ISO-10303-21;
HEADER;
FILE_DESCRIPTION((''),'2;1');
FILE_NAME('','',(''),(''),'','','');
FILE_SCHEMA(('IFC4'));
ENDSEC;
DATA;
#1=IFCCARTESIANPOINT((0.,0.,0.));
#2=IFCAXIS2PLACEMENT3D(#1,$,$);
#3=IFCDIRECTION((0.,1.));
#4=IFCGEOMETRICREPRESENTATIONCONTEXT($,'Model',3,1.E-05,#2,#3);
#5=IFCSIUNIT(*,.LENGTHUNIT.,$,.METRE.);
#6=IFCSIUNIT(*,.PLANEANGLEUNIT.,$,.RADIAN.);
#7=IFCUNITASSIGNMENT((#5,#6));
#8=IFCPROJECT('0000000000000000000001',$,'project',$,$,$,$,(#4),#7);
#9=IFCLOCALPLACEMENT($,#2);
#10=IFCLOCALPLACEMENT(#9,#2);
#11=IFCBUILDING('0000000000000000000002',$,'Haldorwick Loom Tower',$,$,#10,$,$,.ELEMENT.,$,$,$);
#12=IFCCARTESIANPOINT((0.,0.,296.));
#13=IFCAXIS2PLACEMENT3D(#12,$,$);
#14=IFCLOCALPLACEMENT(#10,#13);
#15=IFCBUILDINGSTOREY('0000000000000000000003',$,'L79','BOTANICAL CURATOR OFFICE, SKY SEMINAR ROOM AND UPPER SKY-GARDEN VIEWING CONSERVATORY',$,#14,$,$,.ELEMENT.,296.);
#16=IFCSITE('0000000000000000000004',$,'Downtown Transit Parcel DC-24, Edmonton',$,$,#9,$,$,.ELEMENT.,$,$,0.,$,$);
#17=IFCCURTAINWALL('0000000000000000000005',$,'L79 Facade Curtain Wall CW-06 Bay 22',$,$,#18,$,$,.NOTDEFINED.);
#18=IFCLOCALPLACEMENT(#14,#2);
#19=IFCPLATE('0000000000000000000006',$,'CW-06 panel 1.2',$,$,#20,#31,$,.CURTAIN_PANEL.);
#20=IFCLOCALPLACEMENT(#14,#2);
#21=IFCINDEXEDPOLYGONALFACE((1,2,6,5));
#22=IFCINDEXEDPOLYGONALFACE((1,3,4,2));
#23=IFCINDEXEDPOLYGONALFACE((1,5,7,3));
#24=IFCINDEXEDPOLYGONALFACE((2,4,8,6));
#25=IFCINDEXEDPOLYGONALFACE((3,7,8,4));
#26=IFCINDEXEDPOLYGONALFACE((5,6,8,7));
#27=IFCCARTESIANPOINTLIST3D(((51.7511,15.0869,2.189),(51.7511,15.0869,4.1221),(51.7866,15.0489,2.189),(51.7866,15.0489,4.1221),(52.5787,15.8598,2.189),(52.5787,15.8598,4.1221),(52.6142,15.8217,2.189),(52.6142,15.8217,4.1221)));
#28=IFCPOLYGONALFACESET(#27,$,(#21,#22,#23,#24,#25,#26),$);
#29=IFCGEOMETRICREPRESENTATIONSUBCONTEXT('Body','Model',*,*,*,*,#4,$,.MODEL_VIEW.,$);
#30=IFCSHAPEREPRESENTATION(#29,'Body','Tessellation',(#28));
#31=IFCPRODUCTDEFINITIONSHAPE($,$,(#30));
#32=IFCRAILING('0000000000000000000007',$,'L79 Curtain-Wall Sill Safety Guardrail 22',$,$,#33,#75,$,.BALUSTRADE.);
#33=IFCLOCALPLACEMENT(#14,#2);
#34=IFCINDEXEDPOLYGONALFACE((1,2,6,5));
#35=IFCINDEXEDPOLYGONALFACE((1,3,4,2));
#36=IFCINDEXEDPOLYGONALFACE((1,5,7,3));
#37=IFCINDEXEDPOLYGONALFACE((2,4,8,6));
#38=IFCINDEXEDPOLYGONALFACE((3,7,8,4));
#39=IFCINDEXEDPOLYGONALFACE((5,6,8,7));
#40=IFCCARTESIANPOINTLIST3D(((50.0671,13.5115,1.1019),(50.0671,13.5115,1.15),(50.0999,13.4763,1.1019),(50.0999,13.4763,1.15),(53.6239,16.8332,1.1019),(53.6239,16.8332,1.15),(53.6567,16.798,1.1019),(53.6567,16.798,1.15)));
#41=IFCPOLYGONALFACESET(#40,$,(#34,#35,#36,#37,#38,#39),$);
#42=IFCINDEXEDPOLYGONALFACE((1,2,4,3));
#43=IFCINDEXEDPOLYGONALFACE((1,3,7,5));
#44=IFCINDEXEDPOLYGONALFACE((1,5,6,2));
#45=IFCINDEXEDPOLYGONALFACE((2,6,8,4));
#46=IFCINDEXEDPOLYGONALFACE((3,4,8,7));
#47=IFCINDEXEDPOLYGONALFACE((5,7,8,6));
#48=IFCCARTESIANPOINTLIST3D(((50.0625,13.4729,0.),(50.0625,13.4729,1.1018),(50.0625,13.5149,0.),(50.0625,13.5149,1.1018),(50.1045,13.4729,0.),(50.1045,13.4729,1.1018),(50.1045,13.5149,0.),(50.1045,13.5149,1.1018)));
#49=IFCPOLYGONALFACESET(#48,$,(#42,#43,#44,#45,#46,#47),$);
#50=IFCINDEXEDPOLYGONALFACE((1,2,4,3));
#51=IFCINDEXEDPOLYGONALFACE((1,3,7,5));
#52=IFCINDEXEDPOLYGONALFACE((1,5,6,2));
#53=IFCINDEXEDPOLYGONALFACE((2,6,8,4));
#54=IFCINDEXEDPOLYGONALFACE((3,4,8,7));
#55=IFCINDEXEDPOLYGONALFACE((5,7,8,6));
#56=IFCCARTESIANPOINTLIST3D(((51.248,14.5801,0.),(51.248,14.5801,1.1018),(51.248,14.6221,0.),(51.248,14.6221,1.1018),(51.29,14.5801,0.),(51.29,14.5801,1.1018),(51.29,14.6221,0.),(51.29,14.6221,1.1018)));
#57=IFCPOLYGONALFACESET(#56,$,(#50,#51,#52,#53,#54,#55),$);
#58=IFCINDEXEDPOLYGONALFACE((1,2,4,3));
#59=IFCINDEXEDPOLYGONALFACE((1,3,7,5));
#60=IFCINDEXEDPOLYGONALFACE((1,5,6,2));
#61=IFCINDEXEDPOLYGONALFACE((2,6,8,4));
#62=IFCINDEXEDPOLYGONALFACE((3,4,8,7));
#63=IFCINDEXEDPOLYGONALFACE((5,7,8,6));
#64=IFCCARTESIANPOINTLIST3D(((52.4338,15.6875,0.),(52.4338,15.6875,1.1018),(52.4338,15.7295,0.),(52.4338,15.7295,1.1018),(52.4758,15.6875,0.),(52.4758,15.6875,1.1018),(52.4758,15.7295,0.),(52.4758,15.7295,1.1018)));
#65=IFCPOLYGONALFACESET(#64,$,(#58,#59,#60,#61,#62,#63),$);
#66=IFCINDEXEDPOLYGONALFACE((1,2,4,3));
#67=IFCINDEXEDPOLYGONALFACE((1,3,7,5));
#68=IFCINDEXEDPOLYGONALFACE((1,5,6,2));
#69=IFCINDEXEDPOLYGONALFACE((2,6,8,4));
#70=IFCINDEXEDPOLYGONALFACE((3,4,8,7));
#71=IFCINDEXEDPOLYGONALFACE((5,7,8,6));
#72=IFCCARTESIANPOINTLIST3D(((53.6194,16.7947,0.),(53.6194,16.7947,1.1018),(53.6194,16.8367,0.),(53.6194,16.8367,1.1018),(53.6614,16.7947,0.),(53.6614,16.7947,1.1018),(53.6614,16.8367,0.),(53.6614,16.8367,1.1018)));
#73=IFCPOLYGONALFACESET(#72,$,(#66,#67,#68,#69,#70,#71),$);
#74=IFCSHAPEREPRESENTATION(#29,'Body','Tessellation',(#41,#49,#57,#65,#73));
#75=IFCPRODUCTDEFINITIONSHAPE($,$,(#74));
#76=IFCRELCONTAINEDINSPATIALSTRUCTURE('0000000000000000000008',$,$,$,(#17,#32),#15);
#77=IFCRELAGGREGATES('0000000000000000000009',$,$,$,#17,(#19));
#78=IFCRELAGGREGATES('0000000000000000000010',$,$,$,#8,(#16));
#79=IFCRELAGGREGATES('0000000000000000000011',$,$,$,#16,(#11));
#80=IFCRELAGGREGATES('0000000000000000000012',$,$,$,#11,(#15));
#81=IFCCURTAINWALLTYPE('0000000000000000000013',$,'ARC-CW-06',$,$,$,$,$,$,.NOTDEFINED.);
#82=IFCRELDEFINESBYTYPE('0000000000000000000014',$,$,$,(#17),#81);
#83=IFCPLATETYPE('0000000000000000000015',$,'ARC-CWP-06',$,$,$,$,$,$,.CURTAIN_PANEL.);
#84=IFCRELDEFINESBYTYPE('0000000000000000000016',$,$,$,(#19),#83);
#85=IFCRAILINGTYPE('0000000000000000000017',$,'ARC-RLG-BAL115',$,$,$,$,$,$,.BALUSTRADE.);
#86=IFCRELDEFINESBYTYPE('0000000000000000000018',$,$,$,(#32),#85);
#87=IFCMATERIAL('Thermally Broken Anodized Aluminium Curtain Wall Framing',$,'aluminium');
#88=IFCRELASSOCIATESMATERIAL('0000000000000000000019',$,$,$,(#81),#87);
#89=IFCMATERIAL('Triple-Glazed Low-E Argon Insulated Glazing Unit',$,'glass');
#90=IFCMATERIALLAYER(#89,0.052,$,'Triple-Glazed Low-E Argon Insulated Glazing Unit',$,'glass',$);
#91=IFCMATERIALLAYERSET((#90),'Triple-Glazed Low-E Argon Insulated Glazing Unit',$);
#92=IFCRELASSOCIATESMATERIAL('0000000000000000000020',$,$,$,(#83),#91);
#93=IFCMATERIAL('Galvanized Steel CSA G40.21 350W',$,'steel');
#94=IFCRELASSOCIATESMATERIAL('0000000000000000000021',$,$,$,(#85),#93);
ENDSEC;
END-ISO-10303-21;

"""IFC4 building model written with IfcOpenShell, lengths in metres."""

from ifc_helpers import new_model, si_unit, direction, frame, origin, origin_2d, place, context, subcontext, project, spatial, rectangle, extrude, material, layer, layer_set, type_object, element, aggregate, save


model = new_model("IFC4")

# Units and contexts
model_context = context("Model", 3, precision=1e-05, world=origin(), true_north=direction((0.0, 1.0)))
body_context = subcontext(model_context, "Body", "Model", "MODEL_VIEW")
ifc_project = project(units=[si_unit("LENGTHUNIT", "METRE"), si_unit("PLANEANGLEUNIT", "RADIAN")], contexts=[model_context])

# Site, building, storey
site_placement = place(None, origin())
site = spatial("IfcSite", under=ifc_project, at=site_placement, Name="Downtown Transit Parcel DC-24, Edmonton", CompositionType="ELEMENT", RefElevation=0.0)
building_placement = place(site_placement, origin())
building = spatial("IfcBuilding", under=site, at=building_placement, Name="Haldorwick Loom Tower", CompositionType="ELEMENT")
storey_placement = place(building_placement, frame((0.0, 0.0, 296.0)))
storey = spatial("IfcBuildingStorey", under=building, at=storey_placement, Name="L79", Description="BOTANICAL CURATOR OFFICE, SKY SEMINAR ROOM AND UPPER SKY-GARDEN VIEWING CONSERVATORY", CompositionType="ELEMENT", Elevation=296.0)

# Curtain wall
ifc_material_1 = material(Name="Thermally Broken Anodized Aluminium Curtain Wall Framing", Category="aluminium")
curtain_wall_type = type_object("IfcCurtainWallType", Name="ARC-CW-06", PredefinedType="NOTDEFINED", material=ifc_material_1)
curtain_wall_1_placement = place(storey_placement, origin())
curtain_wall_1 = element("IfcCurtainWall", 1, at=curtain_wall_1_placement, inside=storey, type_object=curtain_wall_type, Name="L79 Facade Curtain Wall CW-06 Bay 22", PredefinedType="NOTDEFINED")

# Plate
ifc_material_2 = material(Name="Triple-Glazed Low-E Argon Insulated Glazing Unit", Category="glass")
ifc_layer = layer(ifc_material_2, 0.052, Name="Triple-Glazed Low-E Argon Insulated Glazing Unit", Category="glass")
ifc_layer_set = layer_set([ifc_layer], Name="Triple-Glazed Low-E Argon Insulated Glazing Unit")
plate_type = type_object("IfcPlateType", Name="ARC-CWP-06", PredefinedType="CURTAIN_PANEL", material=ifc_layer_set)
plate_1_placement = place(storey_placement, frame((52.1826, 15.4543, 2.189), z_axis=(0.0, 0.0, 1.0), x_axis=(0.730886, 0.682499, 0.0)))
plate_1 = element("IfcPlate", 2, at=plate_1_placement, type_object=plate_type, Name="CW-06 panel 1.2", PredefinedType="CURTAIN_PANEL", context=body_context, shape_type="SweptSolid", body=[
    extrude(rectangle(XDim=1.1323, YDim=0.052, at=origin_2d()), origin(), (0.0, 0.0, 1.0), 1.9331),
])
aggregate(curtain_wall_1, [plate_1])

# Railing
ifc_material_3 = material(Name="Galvanized Steel CSA G40.21 350W", Category="steel")
railing_type = type_object("IfcRailingType", Name="ARC-RLG-BAL115", PredefinedType="BALUSTRADE", material=ifc_material_3)
railing_placement = place(storey_placement, frame((50.0835, 13.4939, 0.0)))
element("IfcRailing", 3, at=railing_placement, inside=storey, type_object=railing_type, Name="L79 Curtain-Wall Sill Safety Guardrail 22", PredefinedType="BALUSTRADE", context=body_context, shape_type="SweptSolid", body=[
    extrude(rectangle(XDim=0.0481, YDim=0.0481, at=origin_2d()), frame((0.0, 0.0, 1.126), z_axis=(0.730848, 0.68254, 0.0), x_axis=(-0.68254, 0.730848, 0.0)), (0.0, 0.0, 1.0), 4.8667),
    extrude(rectangle(XDim=0.042, YDim=0.042, at=origin_2d()), origin(), (0.0, 0.0, 1.0), 1.1018),
    extrude(rectangle(XDim=0.042, YDim=0.042, at=origin_2d()), frame((1.1855, 1.1072, 0.0)), (0.0, 0.0, 1.0), 1.1018),
    extrude(rectangle(XDim=0.042, YDim=0.042, at=origin_2d()), frame((2.3713, 2.2146, 0.0)), (0.0, 0.0, 1.0), 1.1018),
    extrude(rectangle(XDim=0.042, YDim=0.042, at=origin_2d()), frame((3.5569, 3.3218, 0.0)), (0.0, 0.0, 1.0), 1.1018),
])

save(model, "model.ifc")
